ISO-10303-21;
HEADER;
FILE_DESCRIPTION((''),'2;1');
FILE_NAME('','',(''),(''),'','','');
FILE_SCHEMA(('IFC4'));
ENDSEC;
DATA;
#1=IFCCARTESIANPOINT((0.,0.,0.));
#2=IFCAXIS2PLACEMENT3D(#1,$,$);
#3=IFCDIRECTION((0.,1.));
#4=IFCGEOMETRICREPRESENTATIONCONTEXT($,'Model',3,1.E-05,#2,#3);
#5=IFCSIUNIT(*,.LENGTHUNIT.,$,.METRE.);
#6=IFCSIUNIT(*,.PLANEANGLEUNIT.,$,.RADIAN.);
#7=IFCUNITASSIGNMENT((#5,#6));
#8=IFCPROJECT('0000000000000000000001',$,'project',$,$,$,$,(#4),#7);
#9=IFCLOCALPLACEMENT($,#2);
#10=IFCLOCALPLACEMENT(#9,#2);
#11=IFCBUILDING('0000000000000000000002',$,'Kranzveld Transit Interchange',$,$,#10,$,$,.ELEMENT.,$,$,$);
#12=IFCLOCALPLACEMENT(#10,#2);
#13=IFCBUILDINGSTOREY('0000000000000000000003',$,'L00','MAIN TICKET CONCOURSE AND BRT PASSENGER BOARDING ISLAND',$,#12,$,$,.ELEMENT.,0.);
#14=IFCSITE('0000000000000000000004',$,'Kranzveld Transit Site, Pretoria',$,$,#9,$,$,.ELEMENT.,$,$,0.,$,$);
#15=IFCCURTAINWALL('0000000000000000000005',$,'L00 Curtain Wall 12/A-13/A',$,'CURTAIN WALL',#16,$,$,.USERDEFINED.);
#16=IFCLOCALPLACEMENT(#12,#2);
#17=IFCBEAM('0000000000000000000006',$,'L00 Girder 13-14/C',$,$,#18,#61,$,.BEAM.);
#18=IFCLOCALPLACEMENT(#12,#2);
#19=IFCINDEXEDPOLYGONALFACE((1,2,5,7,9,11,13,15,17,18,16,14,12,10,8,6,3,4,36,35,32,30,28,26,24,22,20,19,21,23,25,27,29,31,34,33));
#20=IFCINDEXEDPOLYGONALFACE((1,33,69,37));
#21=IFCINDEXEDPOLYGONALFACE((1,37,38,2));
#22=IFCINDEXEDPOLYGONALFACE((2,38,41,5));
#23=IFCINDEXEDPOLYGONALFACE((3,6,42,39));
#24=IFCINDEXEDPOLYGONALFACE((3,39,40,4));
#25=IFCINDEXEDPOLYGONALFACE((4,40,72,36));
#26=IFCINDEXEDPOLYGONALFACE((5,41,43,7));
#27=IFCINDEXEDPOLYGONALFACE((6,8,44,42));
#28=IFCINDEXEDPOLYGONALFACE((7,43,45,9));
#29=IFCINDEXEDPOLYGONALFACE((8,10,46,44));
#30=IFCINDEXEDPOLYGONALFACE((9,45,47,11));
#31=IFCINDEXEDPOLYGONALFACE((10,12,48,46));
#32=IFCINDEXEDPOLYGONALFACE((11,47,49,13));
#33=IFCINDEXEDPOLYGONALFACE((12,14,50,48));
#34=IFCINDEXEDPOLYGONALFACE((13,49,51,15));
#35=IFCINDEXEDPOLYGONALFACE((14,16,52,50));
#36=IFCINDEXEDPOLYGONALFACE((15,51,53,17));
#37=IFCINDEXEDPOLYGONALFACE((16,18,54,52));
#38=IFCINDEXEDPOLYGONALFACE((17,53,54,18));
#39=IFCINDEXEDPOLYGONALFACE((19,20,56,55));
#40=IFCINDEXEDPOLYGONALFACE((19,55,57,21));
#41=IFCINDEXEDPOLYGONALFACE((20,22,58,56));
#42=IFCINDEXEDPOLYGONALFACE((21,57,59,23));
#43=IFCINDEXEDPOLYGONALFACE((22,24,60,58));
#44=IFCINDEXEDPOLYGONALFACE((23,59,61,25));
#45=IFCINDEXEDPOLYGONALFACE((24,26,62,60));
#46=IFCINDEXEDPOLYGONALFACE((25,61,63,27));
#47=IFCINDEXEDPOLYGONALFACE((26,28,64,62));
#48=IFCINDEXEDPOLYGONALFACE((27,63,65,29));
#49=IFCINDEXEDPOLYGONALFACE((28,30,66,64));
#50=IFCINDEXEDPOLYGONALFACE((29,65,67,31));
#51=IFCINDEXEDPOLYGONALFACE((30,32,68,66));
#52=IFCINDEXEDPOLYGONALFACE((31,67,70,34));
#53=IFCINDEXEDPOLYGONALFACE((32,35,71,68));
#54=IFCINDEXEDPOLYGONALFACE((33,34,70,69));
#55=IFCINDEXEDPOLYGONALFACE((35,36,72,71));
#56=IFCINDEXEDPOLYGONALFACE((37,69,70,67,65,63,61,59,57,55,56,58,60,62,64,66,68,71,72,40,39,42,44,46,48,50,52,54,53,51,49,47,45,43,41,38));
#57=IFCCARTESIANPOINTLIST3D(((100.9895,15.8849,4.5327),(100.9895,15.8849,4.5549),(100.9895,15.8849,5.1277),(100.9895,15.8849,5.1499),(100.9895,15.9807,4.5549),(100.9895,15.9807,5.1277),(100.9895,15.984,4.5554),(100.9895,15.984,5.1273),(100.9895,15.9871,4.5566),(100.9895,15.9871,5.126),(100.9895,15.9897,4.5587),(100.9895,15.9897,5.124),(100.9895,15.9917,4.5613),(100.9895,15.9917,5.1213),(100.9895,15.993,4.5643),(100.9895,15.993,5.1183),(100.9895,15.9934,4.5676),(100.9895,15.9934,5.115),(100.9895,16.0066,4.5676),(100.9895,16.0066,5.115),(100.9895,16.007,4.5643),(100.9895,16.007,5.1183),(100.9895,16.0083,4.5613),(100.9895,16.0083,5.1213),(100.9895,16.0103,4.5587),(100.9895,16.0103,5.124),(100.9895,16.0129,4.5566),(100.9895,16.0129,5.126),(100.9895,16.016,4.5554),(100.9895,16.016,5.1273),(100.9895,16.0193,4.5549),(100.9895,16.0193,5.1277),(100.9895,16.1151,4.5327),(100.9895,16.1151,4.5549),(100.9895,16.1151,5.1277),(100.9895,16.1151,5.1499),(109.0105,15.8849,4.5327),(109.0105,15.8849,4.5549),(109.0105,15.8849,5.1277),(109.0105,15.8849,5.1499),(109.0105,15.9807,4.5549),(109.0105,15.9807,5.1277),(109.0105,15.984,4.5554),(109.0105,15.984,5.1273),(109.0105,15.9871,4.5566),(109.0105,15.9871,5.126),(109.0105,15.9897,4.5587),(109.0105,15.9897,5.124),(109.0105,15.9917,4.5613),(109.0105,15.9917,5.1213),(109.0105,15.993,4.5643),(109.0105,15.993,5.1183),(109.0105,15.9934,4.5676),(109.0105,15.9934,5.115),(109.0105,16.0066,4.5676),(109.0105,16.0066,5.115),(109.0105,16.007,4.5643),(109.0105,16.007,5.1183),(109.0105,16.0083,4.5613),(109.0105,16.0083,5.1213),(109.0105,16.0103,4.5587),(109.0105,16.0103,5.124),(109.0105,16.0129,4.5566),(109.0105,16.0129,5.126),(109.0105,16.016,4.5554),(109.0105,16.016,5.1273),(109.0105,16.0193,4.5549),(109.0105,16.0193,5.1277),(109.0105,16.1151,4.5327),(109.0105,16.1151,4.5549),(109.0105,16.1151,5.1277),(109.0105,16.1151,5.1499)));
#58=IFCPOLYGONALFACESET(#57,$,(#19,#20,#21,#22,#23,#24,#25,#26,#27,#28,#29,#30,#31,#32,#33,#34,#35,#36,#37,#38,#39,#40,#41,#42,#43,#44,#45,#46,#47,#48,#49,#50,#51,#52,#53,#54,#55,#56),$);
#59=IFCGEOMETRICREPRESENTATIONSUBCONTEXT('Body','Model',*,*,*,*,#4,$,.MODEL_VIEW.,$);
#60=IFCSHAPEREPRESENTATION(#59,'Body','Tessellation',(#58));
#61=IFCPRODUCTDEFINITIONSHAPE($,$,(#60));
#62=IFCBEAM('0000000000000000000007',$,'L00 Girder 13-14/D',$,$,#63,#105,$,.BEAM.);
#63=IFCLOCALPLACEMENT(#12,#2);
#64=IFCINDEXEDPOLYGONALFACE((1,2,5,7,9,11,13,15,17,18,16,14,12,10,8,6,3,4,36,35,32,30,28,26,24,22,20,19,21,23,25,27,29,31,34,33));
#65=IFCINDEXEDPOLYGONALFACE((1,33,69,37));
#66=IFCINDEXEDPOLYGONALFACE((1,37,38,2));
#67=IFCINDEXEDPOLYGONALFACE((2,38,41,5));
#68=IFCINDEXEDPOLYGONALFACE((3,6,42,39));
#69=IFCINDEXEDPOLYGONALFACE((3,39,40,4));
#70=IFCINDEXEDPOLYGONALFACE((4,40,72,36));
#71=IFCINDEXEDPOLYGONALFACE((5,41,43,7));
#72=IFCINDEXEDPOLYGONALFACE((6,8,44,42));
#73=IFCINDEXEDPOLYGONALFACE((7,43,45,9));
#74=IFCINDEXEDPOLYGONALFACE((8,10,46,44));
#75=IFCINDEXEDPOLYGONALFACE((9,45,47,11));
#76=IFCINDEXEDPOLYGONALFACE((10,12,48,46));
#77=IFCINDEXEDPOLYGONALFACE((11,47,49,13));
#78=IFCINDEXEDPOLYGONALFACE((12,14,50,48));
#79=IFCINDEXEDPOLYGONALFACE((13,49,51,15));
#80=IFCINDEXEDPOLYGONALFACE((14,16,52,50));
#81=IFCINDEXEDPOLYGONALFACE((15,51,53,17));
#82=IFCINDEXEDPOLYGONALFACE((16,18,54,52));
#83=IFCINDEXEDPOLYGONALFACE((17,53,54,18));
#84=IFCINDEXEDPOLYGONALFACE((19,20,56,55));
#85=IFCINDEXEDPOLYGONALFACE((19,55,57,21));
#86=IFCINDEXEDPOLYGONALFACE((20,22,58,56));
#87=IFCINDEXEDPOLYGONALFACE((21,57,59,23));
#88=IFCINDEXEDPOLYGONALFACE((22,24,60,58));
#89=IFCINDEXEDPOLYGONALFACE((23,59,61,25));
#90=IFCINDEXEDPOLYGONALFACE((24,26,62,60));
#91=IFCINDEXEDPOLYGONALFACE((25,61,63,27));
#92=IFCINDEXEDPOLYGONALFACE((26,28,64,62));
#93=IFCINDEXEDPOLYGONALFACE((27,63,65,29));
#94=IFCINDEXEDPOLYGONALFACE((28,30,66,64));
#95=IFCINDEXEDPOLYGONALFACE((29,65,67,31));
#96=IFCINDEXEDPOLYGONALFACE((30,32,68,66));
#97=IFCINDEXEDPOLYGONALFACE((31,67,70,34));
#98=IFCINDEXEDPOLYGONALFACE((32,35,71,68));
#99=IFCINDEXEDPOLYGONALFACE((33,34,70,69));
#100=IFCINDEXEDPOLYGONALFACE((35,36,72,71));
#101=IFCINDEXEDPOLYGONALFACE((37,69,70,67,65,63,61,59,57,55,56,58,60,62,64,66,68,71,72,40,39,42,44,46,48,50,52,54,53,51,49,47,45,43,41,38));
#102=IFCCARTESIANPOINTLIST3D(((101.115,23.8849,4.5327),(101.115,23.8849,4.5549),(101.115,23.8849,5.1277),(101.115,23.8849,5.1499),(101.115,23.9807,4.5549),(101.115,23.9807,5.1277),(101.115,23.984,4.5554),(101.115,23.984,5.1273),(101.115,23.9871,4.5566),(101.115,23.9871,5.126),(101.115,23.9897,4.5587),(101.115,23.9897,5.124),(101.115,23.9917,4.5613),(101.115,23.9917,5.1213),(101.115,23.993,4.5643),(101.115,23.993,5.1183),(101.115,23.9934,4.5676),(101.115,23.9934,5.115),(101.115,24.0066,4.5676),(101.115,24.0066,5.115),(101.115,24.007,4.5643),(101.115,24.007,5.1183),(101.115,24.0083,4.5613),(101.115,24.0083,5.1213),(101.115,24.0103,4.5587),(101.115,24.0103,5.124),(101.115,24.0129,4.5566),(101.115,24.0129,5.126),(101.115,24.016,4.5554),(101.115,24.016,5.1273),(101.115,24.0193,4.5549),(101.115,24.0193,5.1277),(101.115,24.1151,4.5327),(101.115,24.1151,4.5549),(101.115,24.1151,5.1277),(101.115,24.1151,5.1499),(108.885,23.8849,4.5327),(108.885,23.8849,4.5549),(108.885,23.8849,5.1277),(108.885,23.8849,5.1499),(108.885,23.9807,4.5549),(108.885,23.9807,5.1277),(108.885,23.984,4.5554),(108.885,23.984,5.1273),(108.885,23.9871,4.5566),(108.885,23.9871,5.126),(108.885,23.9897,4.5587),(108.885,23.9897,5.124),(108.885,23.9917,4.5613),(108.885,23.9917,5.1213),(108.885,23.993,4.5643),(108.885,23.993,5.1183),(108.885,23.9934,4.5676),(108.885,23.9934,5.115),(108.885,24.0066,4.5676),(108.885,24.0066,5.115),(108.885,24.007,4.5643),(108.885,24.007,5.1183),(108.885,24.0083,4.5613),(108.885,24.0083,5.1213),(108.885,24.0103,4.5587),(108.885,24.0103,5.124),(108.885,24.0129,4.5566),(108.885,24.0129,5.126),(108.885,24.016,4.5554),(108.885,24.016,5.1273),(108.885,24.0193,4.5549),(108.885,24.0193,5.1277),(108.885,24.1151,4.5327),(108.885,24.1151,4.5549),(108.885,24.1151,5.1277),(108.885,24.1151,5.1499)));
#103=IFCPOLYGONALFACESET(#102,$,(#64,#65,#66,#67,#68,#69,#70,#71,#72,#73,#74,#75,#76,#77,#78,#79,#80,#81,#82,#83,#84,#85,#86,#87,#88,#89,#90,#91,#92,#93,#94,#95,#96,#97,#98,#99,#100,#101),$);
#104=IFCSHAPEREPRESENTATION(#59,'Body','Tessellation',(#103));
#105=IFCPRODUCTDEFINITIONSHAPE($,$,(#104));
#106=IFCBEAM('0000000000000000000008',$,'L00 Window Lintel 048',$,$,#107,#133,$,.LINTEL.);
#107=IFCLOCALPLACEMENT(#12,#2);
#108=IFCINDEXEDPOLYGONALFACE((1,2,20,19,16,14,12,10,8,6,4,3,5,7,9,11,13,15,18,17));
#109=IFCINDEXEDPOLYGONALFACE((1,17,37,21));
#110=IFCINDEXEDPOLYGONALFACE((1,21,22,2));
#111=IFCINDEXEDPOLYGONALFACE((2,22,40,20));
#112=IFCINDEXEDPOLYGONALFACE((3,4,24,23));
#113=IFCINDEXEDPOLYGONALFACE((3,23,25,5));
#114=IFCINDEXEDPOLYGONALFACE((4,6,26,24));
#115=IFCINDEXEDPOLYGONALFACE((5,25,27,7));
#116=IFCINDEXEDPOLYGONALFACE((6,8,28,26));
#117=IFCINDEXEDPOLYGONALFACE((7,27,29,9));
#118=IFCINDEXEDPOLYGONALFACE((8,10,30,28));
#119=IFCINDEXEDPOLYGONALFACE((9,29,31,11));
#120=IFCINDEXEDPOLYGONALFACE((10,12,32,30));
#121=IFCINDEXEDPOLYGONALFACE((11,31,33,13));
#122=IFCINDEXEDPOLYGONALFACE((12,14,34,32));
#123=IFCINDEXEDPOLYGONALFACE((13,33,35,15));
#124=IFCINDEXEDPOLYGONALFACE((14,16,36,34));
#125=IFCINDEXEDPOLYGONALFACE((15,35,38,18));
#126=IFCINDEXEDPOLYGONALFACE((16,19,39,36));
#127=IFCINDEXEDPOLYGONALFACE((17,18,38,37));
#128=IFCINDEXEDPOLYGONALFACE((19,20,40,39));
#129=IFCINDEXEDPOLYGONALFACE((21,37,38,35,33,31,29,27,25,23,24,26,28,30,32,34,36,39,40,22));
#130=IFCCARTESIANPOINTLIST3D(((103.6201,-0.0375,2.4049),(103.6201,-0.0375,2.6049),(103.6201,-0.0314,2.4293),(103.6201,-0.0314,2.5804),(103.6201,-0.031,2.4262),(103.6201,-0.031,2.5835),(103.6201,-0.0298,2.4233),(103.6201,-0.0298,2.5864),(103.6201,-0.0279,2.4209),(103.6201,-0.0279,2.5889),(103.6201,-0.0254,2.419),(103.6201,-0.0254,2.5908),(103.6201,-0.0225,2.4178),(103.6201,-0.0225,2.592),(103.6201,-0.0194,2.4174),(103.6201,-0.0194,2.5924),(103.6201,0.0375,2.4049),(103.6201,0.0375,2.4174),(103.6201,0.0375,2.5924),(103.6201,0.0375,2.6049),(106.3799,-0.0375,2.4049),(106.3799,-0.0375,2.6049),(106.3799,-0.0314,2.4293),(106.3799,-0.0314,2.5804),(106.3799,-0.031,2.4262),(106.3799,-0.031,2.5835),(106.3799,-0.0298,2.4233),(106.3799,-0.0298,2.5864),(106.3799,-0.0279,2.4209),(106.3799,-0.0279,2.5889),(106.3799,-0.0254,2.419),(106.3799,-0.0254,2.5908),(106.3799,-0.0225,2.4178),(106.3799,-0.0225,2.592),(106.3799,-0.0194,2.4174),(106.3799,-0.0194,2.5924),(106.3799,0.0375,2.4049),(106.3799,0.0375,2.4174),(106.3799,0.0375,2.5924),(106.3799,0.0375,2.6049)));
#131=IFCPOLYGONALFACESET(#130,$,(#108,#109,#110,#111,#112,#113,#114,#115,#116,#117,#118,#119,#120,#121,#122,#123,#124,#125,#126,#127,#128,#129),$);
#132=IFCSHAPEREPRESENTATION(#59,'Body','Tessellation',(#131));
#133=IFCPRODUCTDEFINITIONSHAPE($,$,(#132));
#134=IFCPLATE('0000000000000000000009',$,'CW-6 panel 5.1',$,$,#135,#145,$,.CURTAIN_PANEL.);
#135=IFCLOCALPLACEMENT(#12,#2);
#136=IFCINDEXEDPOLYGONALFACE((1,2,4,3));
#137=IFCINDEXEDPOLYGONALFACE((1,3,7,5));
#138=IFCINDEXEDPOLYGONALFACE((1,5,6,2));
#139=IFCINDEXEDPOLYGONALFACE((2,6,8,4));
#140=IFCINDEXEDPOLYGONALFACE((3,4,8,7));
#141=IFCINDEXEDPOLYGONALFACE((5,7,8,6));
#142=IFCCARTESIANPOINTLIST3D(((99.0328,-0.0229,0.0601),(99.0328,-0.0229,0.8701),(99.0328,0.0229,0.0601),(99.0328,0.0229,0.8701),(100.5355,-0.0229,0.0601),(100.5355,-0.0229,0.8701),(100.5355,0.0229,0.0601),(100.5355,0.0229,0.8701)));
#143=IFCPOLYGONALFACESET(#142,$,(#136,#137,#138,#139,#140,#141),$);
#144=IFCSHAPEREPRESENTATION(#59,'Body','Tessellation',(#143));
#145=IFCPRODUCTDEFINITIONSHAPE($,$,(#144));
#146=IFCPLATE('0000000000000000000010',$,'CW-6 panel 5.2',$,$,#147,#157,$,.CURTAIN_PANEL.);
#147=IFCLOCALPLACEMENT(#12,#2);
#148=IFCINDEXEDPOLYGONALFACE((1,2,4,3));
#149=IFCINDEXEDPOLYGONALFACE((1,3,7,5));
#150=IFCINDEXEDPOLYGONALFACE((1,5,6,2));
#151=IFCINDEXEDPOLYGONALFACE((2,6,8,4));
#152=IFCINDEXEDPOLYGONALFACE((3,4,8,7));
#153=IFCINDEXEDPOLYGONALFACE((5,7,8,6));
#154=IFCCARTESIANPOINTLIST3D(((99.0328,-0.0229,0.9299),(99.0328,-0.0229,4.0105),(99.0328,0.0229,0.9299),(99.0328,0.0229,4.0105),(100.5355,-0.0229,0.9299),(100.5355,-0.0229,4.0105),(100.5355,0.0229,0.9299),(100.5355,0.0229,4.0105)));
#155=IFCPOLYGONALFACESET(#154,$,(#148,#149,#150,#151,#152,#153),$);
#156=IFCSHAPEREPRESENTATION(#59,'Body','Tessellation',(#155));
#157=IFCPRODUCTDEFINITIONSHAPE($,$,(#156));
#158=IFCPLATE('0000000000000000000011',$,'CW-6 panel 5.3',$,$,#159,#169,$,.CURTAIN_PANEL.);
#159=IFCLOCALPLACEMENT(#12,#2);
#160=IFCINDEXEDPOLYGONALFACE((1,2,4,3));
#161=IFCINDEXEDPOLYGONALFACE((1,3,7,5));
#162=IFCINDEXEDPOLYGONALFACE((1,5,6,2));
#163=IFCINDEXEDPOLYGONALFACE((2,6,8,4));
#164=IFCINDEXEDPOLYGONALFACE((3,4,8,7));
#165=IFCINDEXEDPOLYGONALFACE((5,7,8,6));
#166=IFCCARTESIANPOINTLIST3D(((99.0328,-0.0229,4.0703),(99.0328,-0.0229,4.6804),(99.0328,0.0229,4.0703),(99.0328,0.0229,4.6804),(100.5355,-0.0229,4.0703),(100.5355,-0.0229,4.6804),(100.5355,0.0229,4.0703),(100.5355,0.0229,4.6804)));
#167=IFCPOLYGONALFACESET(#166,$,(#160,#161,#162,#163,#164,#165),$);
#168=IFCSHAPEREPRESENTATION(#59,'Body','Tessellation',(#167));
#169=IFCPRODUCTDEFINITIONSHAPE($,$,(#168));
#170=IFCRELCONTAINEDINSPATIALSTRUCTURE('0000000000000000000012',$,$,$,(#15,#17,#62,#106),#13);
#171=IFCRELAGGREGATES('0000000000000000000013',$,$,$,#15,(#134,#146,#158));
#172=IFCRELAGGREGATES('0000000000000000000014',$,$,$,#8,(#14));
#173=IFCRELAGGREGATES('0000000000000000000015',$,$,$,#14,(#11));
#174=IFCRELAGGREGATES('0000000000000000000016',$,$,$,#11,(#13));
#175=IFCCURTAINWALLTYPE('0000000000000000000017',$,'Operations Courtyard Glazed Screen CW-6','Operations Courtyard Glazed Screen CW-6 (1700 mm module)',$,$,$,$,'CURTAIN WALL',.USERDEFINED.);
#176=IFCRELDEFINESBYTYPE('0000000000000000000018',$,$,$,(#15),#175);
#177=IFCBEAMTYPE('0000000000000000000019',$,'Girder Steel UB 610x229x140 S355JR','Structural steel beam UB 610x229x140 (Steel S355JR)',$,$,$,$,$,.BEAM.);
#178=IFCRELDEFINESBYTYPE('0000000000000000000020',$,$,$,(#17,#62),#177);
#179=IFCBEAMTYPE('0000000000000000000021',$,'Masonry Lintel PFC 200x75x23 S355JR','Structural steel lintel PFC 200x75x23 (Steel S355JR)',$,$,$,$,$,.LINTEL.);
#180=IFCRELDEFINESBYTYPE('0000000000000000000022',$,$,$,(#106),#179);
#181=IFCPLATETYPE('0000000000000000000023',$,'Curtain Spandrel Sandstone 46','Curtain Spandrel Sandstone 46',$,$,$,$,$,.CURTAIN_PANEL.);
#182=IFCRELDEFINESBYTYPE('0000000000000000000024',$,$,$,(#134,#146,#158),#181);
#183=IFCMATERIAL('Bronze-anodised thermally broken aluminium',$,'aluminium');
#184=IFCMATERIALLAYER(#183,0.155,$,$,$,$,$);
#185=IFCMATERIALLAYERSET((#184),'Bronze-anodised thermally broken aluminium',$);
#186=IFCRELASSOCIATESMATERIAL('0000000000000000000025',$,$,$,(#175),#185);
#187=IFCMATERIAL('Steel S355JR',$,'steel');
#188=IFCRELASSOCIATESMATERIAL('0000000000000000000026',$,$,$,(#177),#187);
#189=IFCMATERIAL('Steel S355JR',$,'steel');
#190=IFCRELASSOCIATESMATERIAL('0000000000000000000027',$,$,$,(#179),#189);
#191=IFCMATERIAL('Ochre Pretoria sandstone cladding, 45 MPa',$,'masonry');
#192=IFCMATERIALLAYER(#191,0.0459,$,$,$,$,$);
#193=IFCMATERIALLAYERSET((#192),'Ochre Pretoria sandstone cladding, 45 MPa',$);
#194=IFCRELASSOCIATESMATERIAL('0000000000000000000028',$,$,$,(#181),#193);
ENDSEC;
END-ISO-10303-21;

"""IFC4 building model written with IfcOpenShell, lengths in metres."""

from ifc_helpers import new_model, si_unit, direction, frame, origin, origin_2d, place, context, subcontext, project, spatial, rectangle, i_section, u_section, extrude, material, layer, layer_set, material_profile, profile_set, type_object, element, aggregate, save


model = new_model("IFC4")

# Units and contexts
model_context = context("Model", 3, precision=1e-05, world=origin(), true_north=direction((0.0, 1.0)))
body_context = subcontext(model_context, "Body", "Model", "MODEL_VIEW")
ifc_project = project(units=[si_unit("LENGTHUNIT", "METRE"), si_unit("PLANEANGLEUNIT", "RADIAN")], contexts=[model_context])

# Site, building, storey
site_placement = place(None, origin())
site = spatial("IfcSite", under=ifc_project, at=site_placement, Name="Kranzveld Transit Site, Pretoria", CompositionType="ELEMENT", RefElevation=0.0)
building_placement = place(site_placement, origin())
building = spatial("IfcBuilding", under=site, at=building_placement, Name="Kranzveld Transit Interchange", CompositionType="ELEMENT")
storey_placement = place(building_placement, origin())
storey = spatial("IfcBuildingStorey", under=building, at=storey_placement, Name="L00", Description="MAIN TICKET CONCOURSE AND BRT PASSENGER BOARDING ISLAND", CompositionType="ELEMENT", Elevation=0.0)

# Curtain wall
ifc_material_1 = material(Name="Bronze-anodised thermally broken aluminium", Category="aluminium")
ifc_layer_1 = layer(ifc_material_1, 0.155)
ifc_layer_set_1 = layer_set([ifc_layer_1], Name="Bronze-anodised thermally broken aluminium")
curtain_wall_type = type_object("IfcCurtainWallType", Name="Operations Courtyard Glazed Screen CW-6", Description="Operations Courtyard Glazed Screen CW-6 (1700 mm module)", ElementType="CURTAIN WALL", PredefinedType="USERDEFINED", material=ifc_layer_set_1)
curtain_wall_placement = place(storey_placement, origin())
curtain_wall = element("IfcCurtainWall", 1, at=curtain_wall_placement, inside=storey, type_object=curtain_wall_type, Name="L00 Curtain Wall 12/A-13/A", ObjectType="CURTAIN WALL", PredefinedType="USERDEFINED")

# Beams
ifc_material_2 = material(Name="Steel S355JR", Category="steel")
ifc_material_profile_1 = material_profile(ifc_material_2, i_section(OverallWidth=0.2302, OverallDepth=0.6172, WebThickness=0.0132, FlangeThickness=0.0222, FilletRadius=0.0127, at=origin_2d()), Name="UB 610x229x140")
ifc_profile_set_1 = profile_set([ifc_material_profile_1], Name="Steel S355JR")
beam_type_1 = type_object("IfcBeamType", Name="Girder Steel UB 610x229x140 S355JR", Description="Structural steel beam UB 610x229x140 (Steel S355JR)", PredefinedType="BEAM", material=ifc_profile_set_1)
beam_1_placement = place(storey_placement, frame((100.9895, 16.0, 4.8413), z_axis=(1.0, 0.0, 0.0), x_axis=(0.0, 1.0, 0.0)))
element("IfcBeam", 2, at=beam_1_placement, inside=storey, type_object=beam_type_1, Name="L00 Girder 13-14/C", PredefinedType="BEAM", context=body_context, shape_type="SweptSolid", body=[
    extrude(i_section(OverallWidth=0.2302, OverallDepth=0.6172, WebThickness=0.0132, FlangeThickness=0.0222, FilletRadius=0.0127, at=origin_2d()), origin(), (0.0, 0.0, 1.0), 8.021),
])
beam_2_placement = place(storey_placement, frame((101.115, 24.0, 4.8413), z_axis=(1.0, 0.0, 0.0), x_axis=(0.0, 1.0, 0.0)))
element("IfcBeam", 3, at=beam_2_placement, inside=storey, type_object=beam_type_1, Name="L00 Girder 13-14/D", PredefinedType="BEAM", context=body_context, shape_type="SweptSolid", body=[
    extrude(i_section(OverallWidth=0.2302, OverallDepth=0.6172, WebThickness=0.0132, FlangeThickness=0.0222, FilletRadius=0.0127, at=origin_2d()), origin(), (0.0, 0.0, 1.0), 7.77),
])
ifc_material_3 = material(Name="Steel S355JR", Category="steel")
ifc_material_profile_2 = material_profile(ifc_material_3, u_section(Depth=0.2, FlangeWidth=0.075, WebThickness=0.0061, FlangeThickness=0.0125, FilletRadius=0.012, at=origin_2d()), Name="PFC 200x75x23")
ifc_profile_set_2 = profile_set([ifc_material_profile_2], Name="Steel S355JR")
beam_type_2 = type_object("IfcBeamType", Name="Masonry Lintel PFC 200x75x23 S355JR", Description="Structural steel lintel PFC 200x75x23 (Steel S355JR)", PredefinedType="LINTEL", material=ifc_profile_set_2)
beam_3_placement = place(storey_placement, frame((103.6201, 0.0, 2.5049), z_axis=(1.0, 0.0, 0.0), x_axis=(0.0, 1.0, 0.0)))
element("IfcBeam", 4, at=beam_3_placement, inside=storey, type_object=beam_type_2, Name="L00 Window Lintel 048", PredefinedType="LINTEL", context=body_context, shape_type="SweptSolid", body=[
    extrude(u_section(Depth=0.2, FlangeWidth=0.075, WebThickness=0.0061, FlangeThickness=0.0125, FilletRadius=0.012, at=origin_2d()), origin(), (0.0, 0.0, 1.0), 2.7598),
])

# Plates
ifc_material_4 = material(Name="Ochre Pretoria sandstone cladding, 45 MPa", Category="masonry")
ifc_layer_2 = layer(ifc_material_4, 0.0459)
ifc_layer_set_2 = layer_set([ifc_layer_2], Name="Ochre Pretoria sandstone cladding, 45 MPa")
plate_type = type_object("IfcPlateType", Name="Curtain Spandrel Sandstone 46", Description="Curtain Spandrel Sandstone 46", PredefinedType="CURTAIN_PANEL", material=ifc_layer_set_2)
plate_1_placement = place(storey_placement, frame((99.7842, 0.0, 0.0601), z_axis=(0.0, 0.0, 1.0), x_axis=(1.0, 0.0, 0.0)))
plate_1 = element("IfcPlate", 5, at=plate_1_placement, type_object=plate_type, Name="CW-6 panel 5.1", PredefinedType="CURTAIN_PANEL", context=body_context, shape_type="SweptSolid", body=[
    extrude(rectangle(XDim=1.5027, YDim=0.0459, at=origin_2d()), origin(), (0.0, 0.0, 1.0), 0.8101),
])
plate_2_placement = place(storey_placement, frame((99.7842, 0.0, 0.9299), z_axis=(0.0, 0.0, 1.0), x_axis=(1.0, 0.0, 0.0)))
plate_2 = element("IfcPlate", 6, at=plate_2_placement, type_object=plate_type, Name="CW-6 panel 5.2", PredefinedType="CURTAIN_PANEL", context=body_context, shape_type="SweptSolid", body=[
    extrude(rectangle(XDim=1.5027, YDim=0.0459, at=origin_2d()), origin(), (0.0, 0.0, 1.0), 3.0806),
])
plate_3_placement = place(storey_placement, frame((99.7842, 0.0, 4.0703), z_axis=(0.0, 0.0, 1.0), x_axis=(1.0, 0.0, 0.0)))
plate_3 = element("IfcPlate", 7, at=plate_3_placement, type_object=plate_type, Name="CW-6 panel 5.3", PredefinedType="CURTAIN_PANEL", context=body_context, shape_type="SweptSolid", body=[
    extrude(rectangle(XDim=1.5027, YDim=0.0459, at=origin_2d()), origin(), (0.0, 0.0, 1.0), 0.6101),
])
aggregate(curtain_wall, [plate_1, plate_2, plate_3])

save(model, "model.ifc")
